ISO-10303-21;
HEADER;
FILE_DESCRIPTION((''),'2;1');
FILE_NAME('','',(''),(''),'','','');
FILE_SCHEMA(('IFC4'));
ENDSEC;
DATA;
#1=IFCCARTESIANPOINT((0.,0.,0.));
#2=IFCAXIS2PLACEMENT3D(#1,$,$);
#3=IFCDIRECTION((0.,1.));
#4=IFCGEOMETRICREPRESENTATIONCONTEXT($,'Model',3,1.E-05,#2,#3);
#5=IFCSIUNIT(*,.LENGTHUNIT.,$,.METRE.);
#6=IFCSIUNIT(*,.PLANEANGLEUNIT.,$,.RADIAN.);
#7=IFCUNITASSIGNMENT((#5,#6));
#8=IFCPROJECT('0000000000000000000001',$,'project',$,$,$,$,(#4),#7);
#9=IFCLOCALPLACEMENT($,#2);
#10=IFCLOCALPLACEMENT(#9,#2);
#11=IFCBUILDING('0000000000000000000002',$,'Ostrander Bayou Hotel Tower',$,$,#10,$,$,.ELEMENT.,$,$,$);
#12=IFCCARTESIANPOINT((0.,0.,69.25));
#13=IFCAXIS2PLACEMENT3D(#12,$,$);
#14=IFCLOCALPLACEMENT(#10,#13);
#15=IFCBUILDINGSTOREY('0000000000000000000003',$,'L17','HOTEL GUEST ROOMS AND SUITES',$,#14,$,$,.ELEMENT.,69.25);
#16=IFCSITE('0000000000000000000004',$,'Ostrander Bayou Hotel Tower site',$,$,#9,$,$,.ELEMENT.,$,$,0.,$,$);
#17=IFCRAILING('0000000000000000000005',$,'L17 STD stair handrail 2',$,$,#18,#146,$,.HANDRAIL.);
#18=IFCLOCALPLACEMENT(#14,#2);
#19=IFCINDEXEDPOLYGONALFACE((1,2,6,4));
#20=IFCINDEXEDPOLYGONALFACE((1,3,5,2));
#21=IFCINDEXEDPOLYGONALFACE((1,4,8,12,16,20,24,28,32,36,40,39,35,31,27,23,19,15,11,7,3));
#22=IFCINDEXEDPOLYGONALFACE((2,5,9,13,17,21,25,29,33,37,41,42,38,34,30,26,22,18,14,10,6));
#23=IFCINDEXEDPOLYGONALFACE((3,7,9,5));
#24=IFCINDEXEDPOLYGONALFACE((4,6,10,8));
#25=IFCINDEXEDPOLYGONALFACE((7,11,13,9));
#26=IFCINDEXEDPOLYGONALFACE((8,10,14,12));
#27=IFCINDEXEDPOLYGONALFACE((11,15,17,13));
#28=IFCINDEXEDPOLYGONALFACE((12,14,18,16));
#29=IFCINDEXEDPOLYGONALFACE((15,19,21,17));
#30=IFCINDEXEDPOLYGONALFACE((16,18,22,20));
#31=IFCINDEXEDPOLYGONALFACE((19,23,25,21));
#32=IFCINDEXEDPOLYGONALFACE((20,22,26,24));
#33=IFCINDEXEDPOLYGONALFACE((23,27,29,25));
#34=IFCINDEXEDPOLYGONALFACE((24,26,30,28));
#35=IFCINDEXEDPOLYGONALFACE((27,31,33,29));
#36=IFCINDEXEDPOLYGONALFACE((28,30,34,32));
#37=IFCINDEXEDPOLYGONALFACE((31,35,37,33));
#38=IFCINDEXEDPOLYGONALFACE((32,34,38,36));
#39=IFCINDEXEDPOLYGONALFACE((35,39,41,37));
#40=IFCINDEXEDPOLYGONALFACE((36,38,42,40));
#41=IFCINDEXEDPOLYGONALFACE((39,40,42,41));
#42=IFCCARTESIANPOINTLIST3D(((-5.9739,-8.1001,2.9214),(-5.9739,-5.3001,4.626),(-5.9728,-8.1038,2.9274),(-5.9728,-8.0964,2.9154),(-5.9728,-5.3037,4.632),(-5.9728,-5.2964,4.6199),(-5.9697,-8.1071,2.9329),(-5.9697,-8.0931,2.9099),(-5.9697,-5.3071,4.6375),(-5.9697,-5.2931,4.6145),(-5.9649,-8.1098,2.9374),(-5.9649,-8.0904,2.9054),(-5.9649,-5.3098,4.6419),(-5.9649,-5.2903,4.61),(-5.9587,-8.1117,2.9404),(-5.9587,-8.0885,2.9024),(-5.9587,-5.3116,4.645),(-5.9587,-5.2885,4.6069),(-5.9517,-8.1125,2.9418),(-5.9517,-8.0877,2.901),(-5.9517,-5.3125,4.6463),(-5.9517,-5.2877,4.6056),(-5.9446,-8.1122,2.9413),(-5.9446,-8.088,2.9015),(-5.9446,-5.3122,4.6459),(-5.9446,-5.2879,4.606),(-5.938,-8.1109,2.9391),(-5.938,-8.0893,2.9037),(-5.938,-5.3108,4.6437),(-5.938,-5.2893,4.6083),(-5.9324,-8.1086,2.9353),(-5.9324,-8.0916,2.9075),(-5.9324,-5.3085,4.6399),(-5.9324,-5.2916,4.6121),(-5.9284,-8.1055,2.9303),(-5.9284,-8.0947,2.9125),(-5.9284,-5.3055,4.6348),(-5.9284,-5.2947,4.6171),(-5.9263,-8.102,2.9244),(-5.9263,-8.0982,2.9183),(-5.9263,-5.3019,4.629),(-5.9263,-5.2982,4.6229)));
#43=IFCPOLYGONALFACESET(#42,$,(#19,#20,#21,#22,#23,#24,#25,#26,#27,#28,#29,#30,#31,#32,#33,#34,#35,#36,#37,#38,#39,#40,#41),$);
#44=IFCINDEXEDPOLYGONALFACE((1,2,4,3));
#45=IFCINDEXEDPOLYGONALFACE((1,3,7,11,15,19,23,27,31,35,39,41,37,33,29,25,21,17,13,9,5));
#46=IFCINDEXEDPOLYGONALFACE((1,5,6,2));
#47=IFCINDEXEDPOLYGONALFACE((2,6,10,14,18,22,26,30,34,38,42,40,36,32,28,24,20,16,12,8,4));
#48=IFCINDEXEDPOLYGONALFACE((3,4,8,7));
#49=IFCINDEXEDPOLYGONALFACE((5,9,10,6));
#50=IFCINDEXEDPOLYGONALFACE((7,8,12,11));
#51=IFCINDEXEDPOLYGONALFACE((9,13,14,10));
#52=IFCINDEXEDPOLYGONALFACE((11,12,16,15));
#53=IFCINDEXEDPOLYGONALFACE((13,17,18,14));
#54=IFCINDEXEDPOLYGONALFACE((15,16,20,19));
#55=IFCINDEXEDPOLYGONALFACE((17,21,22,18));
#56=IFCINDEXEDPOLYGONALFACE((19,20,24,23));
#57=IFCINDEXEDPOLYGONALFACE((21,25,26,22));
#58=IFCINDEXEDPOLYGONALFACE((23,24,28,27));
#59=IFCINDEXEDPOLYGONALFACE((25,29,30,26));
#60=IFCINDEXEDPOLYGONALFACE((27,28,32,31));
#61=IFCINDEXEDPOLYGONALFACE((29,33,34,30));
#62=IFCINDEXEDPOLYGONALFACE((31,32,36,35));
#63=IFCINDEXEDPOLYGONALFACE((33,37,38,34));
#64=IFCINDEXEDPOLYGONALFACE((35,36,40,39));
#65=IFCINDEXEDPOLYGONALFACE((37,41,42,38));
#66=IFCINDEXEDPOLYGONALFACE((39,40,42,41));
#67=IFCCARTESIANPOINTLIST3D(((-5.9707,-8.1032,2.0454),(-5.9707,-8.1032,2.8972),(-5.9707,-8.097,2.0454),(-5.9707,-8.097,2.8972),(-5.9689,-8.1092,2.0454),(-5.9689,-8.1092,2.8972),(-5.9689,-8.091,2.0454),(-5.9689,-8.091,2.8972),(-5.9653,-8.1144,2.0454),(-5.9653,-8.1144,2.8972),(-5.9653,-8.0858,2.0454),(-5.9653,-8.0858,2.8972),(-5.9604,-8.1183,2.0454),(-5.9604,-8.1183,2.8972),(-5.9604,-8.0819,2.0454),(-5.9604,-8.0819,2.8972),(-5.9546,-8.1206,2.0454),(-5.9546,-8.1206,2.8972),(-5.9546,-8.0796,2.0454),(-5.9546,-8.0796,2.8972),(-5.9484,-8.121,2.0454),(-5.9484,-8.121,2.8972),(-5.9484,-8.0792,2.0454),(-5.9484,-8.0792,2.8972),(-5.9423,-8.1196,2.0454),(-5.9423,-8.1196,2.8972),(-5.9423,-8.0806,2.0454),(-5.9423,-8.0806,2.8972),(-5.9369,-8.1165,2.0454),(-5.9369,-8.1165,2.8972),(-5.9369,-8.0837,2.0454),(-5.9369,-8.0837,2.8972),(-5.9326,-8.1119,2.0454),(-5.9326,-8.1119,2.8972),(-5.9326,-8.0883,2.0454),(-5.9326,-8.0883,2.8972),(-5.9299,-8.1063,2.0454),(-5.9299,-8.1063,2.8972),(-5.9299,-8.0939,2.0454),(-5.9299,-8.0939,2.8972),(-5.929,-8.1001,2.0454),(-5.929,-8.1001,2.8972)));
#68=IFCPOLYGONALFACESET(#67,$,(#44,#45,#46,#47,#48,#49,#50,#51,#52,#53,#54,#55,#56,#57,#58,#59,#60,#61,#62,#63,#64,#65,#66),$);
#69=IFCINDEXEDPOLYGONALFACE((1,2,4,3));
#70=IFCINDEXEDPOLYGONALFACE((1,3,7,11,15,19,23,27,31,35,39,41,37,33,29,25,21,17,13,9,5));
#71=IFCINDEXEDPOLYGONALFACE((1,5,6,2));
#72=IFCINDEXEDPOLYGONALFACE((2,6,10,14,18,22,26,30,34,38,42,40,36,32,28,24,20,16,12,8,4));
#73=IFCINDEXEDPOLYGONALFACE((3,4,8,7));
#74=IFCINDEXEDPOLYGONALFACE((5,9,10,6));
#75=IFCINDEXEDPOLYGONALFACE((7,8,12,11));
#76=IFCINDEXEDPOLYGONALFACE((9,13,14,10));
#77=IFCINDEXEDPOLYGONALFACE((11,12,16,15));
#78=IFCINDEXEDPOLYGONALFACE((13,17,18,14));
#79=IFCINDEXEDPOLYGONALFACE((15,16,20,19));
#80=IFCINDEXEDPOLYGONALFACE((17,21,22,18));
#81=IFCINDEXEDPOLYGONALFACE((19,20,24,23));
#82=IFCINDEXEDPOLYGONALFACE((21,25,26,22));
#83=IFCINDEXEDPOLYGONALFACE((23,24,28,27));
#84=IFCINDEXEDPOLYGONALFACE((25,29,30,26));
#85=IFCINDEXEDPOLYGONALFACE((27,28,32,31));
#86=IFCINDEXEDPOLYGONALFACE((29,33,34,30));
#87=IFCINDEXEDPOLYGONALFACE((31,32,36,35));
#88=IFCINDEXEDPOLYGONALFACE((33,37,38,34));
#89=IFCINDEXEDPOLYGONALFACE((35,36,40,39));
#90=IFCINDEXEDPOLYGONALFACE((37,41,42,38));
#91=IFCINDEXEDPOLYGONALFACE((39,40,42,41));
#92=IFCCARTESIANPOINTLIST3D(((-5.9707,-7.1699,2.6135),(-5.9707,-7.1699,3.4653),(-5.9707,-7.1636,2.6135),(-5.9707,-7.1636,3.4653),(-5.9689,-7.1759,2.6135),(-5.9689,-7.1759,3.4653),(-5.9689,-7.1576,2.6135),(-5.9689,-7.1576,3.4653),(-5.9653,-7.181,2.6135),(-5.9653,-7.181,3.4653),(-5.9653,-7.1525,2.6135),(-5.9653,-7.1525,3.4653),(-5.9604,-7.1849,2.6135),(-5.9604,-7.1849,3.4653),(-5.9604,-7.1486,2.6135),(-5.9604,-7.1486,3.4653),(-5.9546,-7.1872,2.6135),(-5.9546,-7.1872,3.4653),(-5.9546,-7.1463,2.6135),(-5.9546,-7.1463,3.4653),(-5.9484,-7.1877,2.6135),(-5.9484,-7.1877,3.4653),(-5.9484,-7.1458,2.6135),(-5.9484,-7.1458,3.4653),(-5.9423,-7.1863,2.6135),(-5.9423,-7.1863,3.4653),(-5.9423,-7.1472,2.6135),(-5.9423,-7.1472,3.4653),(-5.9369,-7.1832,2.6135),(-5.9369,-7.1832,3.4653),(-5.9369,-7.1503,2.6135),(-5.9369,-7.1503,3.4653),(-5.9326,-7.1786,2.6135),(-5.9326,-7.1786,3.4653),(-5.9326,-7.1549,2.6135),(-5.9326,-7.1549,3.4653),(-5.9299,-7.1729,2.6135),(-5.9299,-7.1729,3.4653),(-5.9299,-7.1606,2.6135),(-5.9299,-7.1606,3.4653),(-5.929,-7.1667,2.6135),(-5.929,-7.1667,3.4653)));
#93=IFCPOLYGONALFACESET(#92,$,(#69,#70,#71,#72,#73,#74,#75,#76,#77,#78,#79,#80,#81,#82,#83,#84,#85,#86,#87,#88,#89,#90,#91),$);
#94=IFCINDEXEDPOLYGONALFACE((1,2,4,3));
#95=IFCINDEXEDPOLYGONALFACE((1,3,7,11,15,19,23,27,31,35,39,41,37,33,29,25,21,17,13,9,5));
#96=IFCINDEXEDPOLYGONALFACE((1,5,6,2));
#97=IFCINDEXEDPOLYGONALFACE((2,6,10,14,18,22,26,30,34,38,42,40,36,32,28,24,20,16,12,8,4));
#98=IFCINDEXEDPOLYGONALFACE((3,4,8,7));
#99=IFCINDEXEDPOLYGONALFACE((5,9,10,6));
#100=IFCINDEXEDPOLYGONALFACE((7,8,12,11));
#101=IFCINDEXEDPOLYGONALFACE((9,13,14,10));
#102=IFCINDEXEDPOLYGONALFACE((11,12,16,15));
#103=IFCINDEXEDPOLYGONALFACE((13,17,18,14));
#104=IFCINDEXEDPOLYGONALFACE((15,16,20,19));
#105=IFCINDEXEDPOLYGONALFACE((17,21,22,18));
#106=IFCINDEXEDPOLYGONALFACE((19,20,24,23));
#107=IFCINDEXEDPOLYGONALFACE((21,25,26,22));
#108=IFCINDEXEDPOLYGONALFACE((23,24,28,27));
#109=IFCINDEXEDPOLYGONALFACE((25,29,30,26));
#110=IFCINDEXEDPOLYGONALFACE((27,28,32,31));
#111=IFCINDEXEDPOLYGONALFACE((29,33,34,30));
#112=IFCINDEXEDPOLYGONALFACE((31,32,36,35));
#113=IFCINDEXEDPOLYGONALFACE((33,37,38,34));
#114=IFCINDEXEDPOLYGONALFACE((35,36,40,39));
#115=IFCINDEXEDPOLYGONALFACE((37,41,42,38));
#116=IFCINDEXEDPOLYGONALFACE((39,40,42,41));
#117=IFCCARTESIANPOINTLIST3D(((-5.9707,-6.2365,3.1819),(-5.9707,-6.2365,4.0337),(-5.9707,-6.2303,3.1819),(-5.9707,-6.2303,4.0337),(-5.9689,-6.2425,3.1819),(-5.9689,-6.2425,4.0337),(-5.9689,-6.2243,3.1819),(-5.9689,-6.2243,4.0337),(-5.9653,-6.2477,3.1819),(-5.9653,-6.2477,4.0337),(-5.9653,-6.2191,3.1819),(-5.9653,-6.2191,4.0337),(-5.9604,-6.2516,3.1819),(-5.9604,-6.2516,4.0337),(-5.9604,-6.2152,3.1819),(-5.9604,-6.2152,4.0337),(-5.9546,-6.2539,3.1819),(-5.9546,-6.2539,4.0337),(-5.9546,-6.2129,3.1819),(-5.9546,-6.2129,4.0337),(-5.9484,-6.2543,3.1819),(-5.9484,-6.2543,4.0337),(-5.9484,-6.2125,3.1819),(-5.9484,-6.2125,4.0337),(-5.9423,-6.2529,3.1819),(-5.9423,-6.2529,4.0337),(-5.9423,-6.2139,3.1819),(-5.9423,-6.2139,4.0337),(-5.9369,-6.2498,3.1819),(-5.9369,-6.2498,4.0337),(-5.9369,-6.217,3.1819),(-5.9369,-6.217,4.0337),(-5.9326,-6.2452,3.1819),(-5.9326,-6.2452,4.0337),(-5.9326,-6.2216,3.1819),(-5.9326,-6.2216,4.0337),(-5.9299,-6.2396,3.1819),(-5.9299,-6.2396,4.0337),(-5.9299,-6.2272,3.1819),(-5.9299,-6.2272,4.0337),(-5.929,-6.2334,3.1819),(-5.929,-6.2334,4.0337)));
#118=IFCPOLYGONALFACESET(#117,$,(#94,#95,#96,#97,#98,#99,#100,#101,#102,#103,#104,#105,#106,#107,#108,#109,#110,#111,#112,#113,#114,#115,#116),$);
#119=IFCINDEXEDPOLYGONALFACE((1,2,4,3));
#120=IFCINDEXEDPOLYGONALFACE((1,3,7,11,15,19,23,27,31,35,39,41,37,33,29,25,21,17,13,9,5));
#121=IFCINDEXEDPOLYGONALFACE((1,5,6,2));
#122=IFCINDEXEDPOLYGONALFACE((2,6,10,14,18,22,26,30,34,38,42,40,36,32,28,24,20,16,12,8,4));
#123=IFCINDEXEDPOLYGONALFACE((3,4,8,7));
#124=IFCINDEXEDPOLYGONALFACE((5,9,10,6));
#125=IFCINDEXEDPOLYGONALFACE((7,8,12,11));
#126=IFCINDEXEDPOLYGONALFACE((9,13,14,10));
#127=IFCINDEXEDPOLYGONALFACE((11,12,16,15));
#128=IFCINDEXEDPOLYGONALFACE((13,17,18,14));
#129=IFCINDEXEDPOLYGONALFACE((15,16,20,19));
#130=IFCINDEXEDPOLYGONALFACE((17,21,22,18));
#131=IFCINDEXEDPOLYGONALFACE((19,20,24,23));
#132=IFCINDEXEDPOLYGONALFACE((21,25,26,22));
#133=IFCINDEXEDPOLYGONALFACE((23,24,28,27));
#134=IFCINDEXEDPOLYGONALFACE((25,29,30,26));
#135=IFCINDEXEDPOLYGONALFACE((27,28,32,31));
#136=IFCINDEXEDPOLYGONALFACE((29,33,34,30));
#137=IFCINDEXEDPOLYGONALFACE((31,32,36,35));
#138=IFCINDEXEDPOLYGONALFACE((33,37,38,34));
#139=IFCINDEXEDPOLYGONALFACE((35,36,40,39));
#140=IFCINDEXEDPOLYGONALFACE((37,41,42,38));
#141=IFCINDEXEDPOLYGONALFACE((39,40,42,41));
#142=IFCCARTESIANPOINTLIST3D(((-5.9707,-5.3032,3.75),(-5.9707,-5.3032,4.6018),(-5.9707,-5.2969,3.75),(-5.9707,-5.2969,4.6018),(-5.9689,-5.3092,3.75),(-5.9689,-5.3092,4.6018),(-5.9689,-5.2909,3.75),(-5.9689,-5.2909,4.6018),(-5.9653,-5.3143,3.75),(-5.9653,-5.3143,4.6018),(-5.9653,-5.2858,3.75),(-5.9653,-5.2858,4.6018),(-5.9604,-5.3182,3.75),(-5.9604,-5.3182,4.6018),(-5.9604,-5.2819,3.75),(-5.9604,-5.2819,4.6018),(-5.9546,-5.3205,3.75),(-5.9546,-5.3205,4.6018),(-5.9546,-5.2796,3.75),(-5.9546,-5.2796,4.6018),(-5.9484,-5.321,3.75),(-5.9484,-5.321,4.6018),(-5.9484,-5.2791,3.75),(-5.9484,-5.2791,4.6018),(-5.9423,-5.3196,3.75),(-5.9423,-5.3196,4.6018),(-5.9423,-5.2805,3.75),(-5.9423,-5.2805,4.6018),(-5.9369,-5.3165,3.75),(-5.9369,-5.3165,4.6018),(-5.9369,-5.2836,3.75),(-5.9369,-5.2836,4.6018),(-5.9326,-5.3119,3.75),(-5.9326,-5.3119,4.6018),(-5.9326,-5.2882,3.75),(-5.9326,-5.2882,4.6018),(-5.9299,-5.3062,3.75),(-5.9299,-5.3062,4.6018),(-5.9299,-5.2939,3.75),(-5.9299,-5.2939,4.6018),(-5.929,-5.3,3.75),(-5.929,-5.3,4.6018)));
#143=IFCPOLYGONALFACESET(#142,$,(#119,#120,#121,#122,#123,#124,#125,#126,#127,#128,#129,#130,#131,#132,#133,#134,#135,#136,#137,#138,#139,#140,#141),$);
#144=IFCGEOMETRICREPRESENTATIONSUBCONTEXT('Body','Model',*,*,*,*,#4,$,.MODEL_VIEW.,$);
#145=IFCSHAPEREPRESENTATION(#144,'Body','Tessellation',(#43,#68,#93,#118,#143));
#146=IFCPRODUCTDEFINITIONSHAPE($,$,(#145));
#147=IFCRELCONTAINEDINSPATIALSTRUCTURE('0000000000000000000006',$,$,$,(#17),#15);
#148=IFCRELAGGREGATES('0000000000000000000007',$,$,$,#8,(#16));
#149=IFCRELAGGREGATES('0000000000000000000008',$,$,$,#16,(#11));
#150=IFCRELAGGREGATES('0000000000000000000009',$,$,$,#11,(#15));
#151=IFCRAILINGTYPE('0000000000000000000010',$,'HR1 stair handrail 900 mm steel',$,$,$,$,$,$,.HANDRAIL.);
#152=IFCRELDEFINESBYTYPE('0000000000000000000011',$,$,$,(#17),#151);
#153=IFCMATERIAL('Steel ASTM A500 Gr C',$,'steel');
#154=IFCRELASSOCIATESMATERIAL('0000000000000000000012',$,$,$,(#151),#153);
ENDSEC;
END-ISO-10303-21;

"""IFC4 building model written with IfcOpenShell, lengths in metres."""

from ifc_helpers import new_model, si_unit, direction, frame, origin, origin_2d, place, context, subcontext, project, spatial, circle, extrude, material, type_object, element, save


model = new_model("IFC4")

# Units and contexts
model_context = context("Model", 3, precision=1e-05, world=origin(), true_north=direction((0.0, 1.0)))
body_context = subcontext(model_context, "Body", "Model", "MODEL_VIEW")
ifc_project = project(units=[si_unit("LENGTHUNIT", "METRE"), si_unit("PLANEANGLEUNIT", "RADIAN")], contexts=[model_context])

# Site, building, storey
site_placement = place(None, origin())
site = spatial("IfcSite", under=ifc_project, at=site_placement, Name="Ostrander Bayou Hotel Tower site", CompositionType="ELEMENT", RefElevation=0.0)
building_placement = place(site_placement, origin())
building = spatial("IfcBuilding", under=site, at=building_placement, Name="Ostrander Bayou Hotel Tower", CompositionType="ELEMENT")
storey_placement = place(building_placement, frame((0.0, 0.0, 69.25)))
storey = spatial("IfcBuildingStorey", under=building, at=storey_placement, Name="L17", Description="HOTEL GUEST ROOMS AND SUITES", CompositionType="ELEMENT", Elevation=69.25)

# Railing
ifc_material_1 = material(Name="Steel ASTM A500 Gr C", Category="steel")
railing_type_1 = type_object("IfcRailingType", Name="HR1 stair handrail 900 mm steel", PredefinedType="HANDRAIL", material=ifc_material_1)
railing_1_placement = place(storey_placement, frame((-5.95, -8.1001, 2.0454)))
element("IfcRailing", 1, at=railing_1_placement, inside=storey, type_object=railing_type_1, Name="L17 STD stair handrail 2", PredefinedType="HANDRAIL", context=body_context, shape_type="SweptSolid", body=[
    extrude(circle(Radius=0.0239, at=origin_2d()), frame((0.0, 0.0, 0.876), z_axis=(0.0, 0.85417, 0.519994), x_axis=(-1.0, 0.0, 0.0)), (0.0, 0.0, 1.0), 3.2781),
    extrude(circle(Radius=0.021, at=origin_2d()), origin(), (0.0, 0.0, 1.0), 0.8518),
    extrude(circle(Radius=0.021, at=origin_2d()), frame((0.0, 0.9333, 0.5681)), (0.0, 0.0, 1.0), 0.8518),
    extrude(circle(Radius=0.021, at=origin_2d()), frame((0.0, 1.8667, 1.1365)), (0.0, 0.0, 1.0), 0.8518),
    extrude(circle(Radius=0.021, at=origin_2d()), frame((0.0, 2.8, 1.7046)), (0.0, 0.0, 1.0), 0.8518),
])

save(model, "model.ifc")
